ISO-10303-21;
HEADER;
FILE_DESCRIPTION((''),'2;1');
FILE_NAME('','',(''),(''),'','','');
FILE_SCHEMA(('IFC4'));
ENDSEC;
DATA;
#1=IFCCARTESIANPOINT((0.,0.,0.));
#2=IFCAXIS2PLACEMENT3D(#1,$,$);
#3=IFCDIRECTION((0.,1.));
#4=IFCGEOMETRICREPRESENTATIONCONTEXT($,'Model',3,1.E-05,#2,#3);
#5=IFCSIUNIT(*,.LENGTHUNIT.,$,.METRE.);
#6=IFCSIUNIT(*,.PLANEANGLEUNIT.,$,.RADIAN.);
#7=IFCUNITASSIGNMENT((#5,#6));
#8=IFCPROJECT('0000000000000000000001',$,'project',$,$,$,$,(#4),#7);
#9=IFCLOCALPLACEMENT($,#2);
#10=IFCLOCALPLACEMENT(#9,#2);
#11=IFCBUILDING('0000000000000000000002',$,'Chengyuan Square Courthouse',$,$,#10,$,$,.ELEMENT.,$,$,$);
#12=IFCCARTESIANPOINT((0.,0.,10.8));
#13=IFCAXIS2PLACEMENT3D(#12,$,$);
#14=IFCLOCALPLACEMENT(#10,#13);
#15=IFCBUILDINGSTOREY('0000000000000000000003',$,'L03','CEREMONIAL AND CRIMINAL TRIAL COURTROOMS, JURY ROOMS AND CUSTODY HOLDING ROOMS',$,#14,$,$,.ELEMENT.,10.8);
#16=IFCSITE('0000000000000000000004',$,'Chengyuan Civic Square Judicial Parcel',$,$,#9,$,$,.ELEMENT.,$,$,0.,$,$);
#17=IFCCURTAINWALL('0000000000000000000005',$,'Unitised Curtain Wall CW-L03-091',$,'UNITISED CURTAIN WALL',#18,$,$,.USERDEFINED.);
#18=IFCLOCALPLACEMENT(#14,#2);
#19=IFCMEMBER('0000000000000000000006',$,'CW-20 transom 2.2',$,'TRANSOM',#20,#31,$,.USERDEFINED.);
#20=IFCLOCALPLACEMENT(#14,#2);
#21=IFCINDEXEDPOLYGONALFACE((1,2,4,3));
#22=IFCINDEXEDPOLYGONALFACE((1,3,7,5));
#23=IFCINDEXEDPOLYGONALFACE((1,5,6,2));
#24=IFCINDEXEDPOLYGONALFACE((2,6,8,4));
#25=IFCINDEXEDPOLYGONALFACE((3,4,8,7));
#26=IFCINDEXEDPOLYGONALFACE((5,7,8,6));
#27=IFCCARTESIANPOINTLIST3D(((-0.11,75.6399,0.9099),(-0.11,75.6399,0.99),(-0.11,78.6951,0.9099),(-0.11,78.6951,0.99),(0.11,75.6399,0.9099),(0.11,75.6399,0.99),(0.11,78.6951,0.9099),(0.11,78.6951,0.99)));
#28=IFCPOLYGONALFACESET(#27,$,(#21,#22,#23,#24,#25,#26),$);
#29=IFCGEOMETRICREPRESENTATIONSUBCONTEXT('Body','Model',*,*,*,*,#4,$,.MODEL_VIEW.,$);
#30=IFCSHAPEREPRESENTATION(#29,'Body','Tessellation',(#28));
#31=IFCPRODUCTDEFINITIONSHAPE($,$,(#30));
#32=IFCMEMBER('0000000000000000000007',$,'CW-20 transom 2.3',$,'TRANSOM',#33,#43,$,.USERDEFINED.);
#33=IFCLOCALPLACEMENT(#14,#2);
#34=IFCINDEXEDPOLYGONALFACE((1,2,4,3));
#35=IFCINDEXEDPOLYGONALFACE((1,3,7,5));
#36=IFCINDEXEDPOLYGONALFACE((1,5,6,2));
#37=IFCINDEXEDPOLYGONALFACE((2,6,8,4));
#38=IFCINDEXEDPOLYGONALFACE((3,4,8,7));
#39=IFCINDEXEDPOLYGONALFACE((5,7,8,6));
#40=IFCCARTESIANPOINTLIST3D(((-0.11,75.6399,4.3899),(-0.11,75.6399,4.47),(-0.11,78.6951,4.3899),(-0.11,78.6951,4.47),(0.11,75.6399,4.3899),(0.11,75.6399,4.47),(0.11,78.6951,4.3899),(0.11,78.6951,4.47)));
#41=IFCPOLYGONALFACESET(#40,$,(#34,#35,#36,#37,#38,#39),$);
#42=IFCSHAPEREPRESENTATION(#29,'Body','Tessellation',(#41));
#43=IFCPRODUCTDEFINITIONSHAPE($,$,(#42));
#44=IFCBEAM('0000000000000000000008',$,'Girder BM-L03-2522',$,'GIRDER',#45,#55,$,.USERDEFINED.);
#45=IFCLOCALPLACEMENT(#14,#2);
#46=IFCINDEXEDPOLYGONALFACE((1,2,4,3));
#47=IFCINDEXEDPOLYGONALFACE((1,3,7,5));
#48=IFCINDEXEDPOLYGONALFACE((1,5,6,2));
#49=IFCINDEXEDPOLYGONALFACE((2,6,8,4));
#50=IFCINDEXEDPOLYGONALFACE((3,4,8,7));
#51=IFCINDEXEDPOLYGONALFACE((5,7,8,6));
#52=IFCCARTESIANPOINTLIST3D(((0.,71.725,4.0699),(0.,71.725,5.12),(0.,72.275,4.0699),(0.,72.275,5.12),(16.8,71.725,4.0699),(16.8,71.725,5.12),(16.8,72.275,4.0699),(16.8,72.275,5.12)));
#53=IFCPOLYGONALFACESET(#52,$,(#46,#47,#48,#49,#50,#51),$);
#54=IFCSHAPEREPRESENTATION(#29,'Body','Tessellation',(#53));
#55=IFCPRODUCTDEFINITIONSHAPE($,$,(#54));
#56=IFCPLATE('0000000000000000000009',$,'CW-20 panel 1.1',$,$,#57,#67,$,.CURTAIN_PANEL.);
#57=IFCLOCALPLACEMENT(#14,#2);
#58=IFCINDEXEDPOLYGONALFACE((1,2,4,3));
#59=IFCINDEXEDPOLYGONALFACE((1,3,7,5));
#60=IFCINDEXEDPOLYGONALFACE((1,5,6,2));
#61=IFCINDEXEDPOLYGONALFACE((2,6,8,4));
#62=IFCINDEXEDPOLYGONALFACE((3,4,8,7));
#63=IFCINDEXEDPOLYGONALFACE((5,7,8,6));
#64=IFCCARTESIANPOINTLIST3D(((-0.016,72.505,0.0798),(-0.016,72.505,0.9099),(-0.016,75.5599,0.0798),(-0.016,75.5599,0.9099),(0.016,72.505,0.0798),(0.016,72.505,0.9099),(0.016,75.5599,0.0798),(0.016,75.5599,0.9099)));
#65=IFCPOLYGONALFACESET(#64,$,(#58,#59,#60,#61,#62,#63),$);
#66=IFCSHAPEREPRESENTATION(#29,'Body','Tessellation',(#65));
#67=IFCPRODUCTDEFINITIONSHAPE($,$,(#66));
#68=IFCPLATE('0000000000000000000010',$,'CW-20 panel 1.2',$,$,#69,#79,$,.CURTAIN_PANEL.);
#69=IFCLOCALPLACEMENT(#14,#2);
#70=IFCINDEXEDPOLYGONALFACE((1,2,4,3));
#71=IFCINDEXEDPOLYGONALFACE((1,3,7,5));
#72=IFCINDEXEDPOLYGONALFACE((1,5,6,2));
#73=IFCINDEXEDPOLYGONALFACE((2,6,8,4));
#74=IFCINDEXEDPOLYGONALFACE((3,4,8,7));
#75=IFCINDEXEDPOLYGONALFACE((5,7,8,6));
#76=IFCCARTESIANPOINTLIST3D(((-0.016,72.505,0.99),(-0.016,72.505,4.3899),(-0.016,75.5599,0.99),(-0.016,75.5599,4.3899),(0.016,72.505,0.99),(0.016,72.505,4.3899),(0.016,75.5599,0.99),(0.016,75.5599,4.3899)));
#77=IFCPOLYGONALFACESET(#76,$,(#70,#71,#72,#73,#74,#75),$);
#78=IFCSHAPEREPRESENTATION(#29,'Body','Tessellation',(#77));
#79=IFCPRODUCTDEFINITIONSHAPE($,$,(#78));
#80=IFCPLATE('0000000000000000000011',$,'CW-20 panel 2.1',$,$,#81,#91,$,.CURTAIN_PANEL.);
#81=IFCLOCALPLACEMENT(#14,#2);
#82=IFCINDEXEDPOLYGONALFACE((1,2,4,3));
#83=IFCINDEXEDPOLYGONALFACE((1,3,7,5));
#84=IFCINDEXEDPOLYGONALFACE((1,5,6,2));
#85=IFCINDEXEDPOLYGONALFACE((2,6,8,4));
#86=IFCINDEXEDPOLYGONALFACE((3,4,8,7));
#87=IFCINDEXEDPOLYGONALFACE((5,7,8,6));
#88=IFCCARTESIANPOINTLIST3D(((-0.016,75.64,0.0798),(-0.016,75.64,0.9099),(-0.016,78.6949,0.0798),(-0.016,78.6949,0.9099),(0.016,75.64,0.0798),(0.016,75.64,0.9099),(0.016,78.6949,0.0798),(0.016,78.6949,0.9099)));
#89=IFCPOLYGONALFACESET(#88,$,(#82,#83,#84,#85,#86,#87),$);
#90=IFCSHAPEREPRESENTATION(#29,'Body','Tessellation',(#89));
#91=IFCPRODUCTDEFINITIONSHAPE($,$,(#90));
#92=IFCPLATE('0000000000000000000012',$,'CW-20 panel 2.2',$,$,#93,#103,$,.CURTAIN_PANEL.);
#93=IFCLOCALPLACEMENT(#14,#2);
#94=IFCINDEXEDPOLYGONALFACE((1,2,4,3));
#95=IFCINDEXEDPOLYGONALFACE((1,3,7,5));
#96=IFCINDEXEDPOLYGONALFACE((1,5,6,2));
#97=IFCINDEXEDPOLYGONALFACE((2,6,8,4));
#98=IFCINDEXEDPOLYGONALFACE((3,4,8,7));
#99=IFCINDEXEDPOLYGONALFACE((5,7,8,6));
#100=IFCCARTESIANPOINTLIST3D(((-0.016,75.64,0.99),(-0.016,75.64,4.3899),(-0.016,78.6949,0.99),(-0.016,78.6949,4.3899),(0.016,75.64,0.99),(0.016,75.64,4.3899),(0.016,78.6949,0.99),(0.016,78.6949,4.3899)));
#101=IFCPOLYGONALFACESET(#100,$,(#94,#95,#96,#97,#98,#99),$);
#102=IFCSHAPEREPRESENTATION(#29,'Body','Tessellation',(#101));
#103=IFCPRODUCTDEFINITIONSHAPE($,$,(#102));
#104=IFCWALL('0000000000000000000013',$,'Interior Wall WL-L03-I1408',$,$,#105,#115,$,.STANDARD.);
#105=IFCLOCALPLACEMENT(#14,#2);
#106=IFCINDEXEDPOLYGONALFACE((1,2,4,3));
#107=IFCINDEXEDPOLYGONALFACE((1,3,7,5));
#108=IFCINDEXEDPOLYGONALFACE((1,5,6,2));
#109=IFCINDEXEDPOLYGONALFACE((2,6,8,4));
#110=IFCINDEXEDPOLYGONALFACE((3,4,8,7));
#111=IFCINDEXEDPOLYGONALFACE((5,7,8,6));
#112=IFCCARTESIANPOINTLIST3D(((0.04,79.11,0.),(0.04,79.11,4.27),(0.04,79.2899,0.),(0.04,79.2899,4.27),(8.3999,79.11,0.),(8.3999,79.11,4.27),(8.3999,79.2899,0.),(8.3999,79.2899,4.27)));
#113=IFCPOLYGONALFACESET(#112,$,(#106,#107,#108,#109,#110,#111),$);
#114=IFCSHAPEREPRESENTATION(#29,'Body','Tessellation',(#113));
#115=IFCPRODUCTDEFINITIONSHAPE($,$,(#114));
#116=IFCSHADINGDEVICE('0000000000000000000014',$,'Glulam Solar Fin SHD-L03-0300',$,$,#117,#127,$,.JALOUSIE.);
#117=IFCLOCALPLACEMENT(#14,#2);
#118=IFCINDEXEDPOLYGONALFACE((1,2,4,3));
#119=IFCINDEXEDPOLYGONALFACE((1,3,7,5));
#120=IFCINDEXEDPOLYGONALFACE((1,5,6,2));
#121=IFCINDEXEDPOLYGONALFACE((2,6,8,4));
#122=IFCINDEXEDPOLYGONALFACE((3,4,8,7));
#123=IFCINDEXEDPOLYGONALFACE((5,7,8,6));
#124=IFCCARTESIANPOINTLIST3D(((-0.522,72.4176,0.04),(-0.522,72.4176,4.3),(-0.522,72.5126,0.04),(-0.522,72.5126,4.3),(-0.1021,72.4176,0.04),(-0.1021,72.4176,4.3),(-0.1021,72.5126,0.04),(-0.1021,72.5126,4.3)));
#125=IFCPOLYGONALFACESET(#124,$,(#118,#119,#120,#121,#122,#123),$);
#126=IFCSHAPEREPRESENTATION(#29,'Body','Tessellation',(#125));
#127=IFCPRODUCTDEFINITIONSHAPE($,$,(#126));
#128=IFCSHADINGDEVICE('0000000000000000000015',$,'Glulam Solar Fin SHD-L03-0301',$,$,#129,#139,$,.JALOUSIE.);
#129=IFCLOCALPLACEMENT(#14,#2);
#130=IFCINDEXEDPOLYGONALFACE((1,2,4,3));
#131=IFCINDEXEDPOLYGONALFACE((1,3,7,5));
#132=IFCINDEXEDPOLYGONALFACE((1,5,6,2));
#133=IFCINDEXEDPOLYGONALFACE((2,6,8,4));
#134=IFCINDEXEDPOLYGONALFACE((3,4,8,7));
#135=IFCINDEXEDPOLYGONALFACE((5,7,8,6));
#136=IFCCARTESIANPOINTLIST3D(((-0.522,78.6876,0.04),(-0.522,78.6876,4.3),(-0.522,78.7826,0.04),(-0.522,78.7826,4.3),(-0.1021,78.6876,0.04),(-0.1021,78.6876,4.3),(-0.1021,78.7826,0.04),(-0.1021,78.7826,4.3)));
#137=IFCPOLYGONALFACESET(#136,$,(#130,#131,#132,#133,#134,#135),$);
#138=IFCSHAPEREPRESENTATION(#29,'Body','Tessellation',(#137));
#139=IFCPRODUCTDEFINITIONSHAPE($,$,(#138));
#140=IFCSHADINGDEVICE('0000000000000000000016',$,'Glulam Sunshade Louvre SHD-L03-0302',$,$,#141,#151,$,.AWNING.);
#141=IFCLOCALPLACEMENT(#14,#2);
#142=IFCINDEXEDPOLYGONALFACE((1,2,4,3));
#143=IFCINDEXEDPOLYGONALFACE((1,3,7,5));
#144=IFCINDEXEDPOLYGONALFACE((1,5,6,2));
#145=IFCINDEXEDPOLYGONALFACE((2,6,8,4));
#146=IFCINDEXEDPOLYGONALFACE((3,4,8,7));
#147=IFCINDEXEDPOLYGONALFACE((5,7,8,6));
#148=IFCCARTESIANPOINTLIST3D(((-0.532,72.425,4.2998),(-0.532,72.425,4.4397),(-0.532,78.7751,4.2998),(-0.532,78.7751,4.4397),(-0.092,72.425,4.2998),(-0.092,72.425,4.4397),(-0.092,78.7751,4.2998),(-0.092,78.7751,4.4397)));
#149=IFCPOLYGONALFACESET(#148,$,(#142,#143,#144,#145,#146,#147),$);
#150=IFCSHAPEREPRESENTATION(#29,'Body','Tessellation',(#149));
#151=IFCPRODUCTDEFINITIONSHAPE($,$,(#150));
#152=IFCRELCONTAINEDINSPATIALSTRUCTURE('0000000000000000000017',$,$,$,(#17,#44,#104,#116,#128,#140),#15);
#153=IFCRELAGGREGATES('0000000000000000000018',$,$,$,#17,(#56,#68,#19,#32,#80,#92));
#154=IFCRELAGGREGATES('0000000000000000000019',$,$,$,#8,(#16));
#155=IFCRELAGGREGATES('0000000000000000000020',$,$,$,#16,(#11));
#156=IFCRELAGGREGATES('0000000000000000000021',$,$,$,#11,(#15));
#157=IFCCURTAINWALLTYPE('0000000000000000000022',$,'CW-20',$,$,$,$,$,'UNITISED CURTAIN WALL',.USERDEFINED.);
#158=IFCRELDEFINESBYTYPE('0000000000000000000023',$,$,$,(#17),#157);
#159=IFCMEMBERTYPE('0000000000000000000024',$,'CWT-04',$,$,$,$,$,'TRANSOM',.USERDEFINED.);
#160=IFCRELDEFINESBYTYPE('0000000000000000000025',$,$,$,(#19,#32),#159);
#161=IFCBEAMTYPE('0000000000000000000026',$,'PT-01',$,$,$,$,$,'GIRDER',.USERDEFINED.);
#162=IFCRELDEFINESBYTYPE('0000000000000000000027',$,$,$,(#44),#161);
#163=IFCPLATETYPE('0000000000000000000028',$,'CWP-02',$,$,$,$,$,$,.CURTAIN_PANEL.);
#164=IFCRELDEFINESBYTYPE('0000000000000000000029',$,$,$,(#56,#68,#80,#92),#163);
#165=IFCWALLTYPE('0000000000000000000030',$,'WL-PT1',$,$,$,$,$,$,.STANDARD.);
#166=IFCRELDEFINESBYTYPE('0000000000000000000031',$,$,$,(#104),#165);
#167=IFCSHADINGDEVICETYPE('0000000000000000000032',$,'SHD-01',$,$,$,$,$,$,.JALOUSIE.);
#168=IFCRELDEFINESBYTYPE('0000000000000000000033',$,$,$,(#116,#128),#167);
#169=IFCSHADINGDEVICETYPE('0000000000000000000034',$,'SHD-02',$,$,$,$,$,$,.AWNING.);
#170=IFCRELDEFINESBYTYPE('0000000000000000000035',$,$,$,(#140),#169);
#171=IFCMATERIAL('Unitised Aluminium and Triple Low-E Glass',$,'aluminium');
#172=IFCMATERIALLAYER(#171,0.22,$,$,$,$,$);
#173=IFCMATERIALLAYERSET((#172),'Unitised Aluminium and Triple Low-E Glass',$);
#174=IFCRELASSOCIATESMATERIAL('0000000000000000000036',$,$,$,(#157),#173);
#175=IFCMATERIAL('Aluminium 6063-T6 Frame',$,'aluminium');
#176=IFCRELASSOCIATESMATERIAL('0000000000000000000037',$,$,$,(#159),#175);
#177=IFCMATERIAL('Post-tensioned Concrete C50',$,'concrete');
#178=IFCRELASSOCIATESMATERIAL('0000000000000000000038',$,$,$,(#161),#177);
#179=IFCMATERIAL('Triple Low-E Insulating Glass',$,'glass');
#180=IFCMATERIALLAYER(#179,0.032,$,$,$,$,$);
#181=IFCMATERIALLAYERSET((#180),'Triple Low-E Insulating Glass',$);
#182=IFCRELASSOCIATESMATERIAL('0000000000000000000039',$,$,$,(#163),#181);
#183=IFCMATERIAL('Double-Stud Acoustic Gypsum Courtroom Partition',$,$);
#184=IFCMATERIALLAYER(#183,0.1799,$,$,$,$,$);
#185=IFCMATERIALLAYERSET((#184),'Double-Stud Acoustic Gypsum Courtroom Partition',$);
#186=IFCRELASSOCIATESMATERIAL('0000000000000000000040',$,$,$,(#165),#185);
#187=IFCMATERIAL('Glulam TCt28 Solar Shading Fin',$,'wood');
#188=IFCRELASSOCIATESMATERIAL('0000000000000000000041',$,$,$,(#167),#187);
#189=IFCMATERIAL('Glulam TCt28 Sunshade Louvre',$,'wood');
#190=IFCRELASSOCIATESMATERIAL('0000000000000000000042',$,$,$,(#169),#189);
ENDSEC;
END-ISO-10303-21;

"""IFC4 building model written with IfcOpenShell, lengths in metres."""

from ifc_helpers import new_model, si_unit, direction, frame, frame_2d, origin, origin_2d, place, context, subcontext, project, spatial, rectangle, extrude, material, layer, layer_set, material_profile, profile_set, type_object, element, aggregate, save


model = new_model("IFC4")

# Units and contexts
model_context = context("Model", 3, precision=1e-05, world=origin(), true_north=direction((0.0, 1.0)))
body_context = subcontext(model_context, "Body", "Model", "MODEL_VIEW")
ifc_project = project(units=[si_unit("LENGTHUNIT", "METRE"), si_unit("PLANEANGLEUNIT", "RADIAN")], contexts=[model_context])

# Site, building, storey
site_placement = place(None, origin())
site = spatial("IfcSite", under=ifc_project, at=site_placement, Name="Chengyuan Civic Square Judicial Parcel", CompositionType="ELEMENT", RefElevation=0.0)
building_placement = place(site_placement, origin())
building = spatial("IfcBuilding", under=site, at=building_placement, Name="Chengyuan Square Courthouse", CompositionType="ELEMENT")
storey_placement = place(building_placement, frame((0.0, 0.0, 10.8)))
storey = spatial("IfcBuildingStorey", under=building, at=storey_placement, Name="L03", Description="CEREMONIAL AND CRIMINAL TRIAL COURTROOMS, JURY ROOMS AND CUSTODY HOLDING ROOMS", CompositionType="ELEMENT", Elevation=10.8)

# Curtain wall, members
ifc_material_1 = material(Name="Unitised Aluminium and Triple Low-E Glass", Category="aluminium")
ifc_layer_1 = layer(ifc_material_1, 0.22)
ifc_layer_set_1 = layer_set([ifc_layer_1], Name="Unitised Aluminium and Triple Low-E Glass")
curtain_wall_type = type_object("IfcCurtainWallType", Name="CW-20", ElementType="UNITISED CURTAIN WALL", PredefinedType="USERDEFINED", material=ifc_layer_set_1)
curtain_wall_placement = place(storey_placement, origin())
curtain_wall = element("IfcCurtainWall", 1, at=curtain_wall_placement, inside=storey, type_object=curtain_wall_type, Name="Unitised Curtain Wall CW-L03-091", ObjectType="UNITISED CURTAIN WALL", PredefinedType="USERDEFINED")
ifc_material_2 = material(Name="Aluminium 6063-T6 Frame", Category="aluminium")
ifc_material_profile_1 = material_profile(ifc_material_2, rectangle(XDim=0.22, YDim=0.0801, at=origin_2d()), Name="CW-TRN-80x180")
ifc_profile_set_1 = profile_set([ifc_material_profile_1], Name="Aluminium 6063-T6 Frame")
member_type_1 = type_object("IfcMemberType", Name="CWT-04", ElementType="TRANSOM", PredefinedType="USERDEFINED", material=ifc_profile_set_1)
member_1_placement = place(storey_placement, frame((0.0, 75.6399, 0.95), z_axis=(0.0, 1.0, 0.0), x_axis=(-1.0, 0.0, 0.0)))
member_1 = element("IfcMember", 2, at=member_1_placement, type_object=member_type_1, Name="CW-20 transom 2.2", ObjectType="TRANSOM", PredefinedType="USERDEFINED", context=body_context, shape_type="SweptSolid", body=[
    extrude(rectangle(XDim=0.22, YDim=0.0801, at=origin_2d()), origin(), (0.0, 0.0, 1.0), 3.0552),
])
member_2_placement = place(storey_placement, frame((0.0, 75.6399, 4.4299), z_axis=(0.0, 1.0, 0.0), x_axis=(-1.0, 0.0, 0.0)))
member_2 = element("IfcMember", 3, at=member_2_placement, type_object=member_type_1, Name="CW-20 transom 2.3", ObjectType="TRANSOM", PredefinedType="USERDEFINED", context=body_context, shape_type="SweptSolid", body=[
    extrude(rectangle(XDim=0.22, YDim=0.0801, at=origin_2d()), origin(), (0.0, 0.0, 1.0), 3.0552),
])

# Beam
ifc_material_3 = material(Name="Post-tensioned Concrete C50", Category="concrete")
ifc_material_profile_2 = material_profile(ifc_material_3, rectangle(XDim=0.55, YDim=1.05, at=origin_2d()), Name="PT-BM-550x1050")
ifc_profile_set_2 = profile_set([ifc_material_profile_2], Name="Post-tensioned Concrete C50")
beam_type_1 = type_object("IfcBeamType", Name="PT-01", ElementType="GIRDER", PredefinedType="USERDEFINED", material=ifc_profile_set_2)
beam_1_placement = place(storey_placement, frame((0.0, 72.0, 4.595), z_axis=(1.0, 0.0, 0.0), x_axis=(0.0, 1.0, 0.0)))
element("IfcBeam", 4, at=beam_1_placement, inside=storey, type_object=beam_type_1, Name="Girder BM-L03-2522", ObjectType="GIRDER", PredefinedType="USERDEFINED", context=body_context, shape_type="SweptSolid", body=[
    extrude(rectangle(XDim=0.55, YDim=1.05, at=origin_2d()), origin(), (0.0, 0.0, 1.0), 16.8),
])

# Plates
ifc_material_4 = material(Name="Triple Low-E Insulating Glass", Category="glass")
ifc_layer_2 = layer(ifc_material_4, 0.032)
ifc_layer_set_2 = layer_set([ifc_layer_2], Name="Triple Low-E Insulating Glass")
plate_type = type_object("IfcPlateType", Name="CWP-02", PredefinedType="CURTAIN_PANEL", material=ifc_layer_set_2)
plate_1_placement = place(storey_placement, frame((0.0, 74.0325, 0.0798), z_axis=(0.0, 0.0, 1.0), x_axis=(0.0, 1.0, 0.0)))
plate_1 = element("IfcPlate", 5, at=plate_1_placement, type_object=plate_type, Name="CW-20 panel 1.1", PredefinedType="CURTAIN_PANEL", context=body_context, shape_type="SweptSolid", body=[
    extrude(rectangle(XDim=3.0549, YDim=0.032, at=origin_2d()), origin(), (0.0, 0.0, 1.0), 0.8301),
])
plate_2_placement = place(storey_placement, frame((0.0, 74.0325, 0.99), z_axis=(0.0, 0.0, 1.0), x_axis=(0.0, 1.0, 0.0)))
plate_2 = element("IfcPlate", 6, at=plate_2_placement, type_object=plate_type, Name="CW-20 panel 1.2", PredefinedType="CURTAIN_PANEL", context=body_context, shape_type="SweptSolid", body=[
    extrude(rectangle(XDim=3.0549, YDim=0.032, at=origin_2d()), origin(), (0.0, 0.0, 1.0), 3.3999),
])
plate_3_placement = place(storey_placement, frame((0.0, 77.1675, 0.0798), z_axis=(0.0, 0.0, 1.0), x_axis=(0.0, 1.0, 0.0)))
plate_3 = element("IfcPlate", 7, at=plate_3_placement, type_object=plate_type, Name="CW-20 panel 2.1", PredefinedType="CURTAIN_PANEL", context=body_context, shape_type="SweptSolid", body=[
    extrude(rectangle(XDim=3.0549, YDim=0.032, at=origin_2d()), origin(), (0.0, 0.0, 1.0), 0.8301),
])
plate_4_placement = place(storey_placement, frame((0.0, 77.1675, 0.99), z_axis=(0.0, 0.0, 1.0), x_axis=(0.0, 1.0, 0.0)))
plate_4 = element("IfcPlate", 8, at=plate_4_placement, type_object=plate_type, Name="CW-20 panel 2.2", PredefinedType="CURTAIN_PANEL", context=body_context, shape_type="SweptSolid", body=[
    extrude(rectangle(XDim=3.0549, YDim=0.032, at=origin_2d()), origin(), (0.0, 0.0, 1.0), 3.3999),
])
aggregate(curtain_wall, [plate_1, plate_2, member_1, member_2, plate_3, plate_4])

# Wall
ifc_material_5 = material(Name="Double-Stud Acoustic Gypsum Courtroom Partition")
ifc_layer_3 = layer(ifc_material_5, 0.1799)
ifc_layer_set_3 = layer_set([ifc_layer_3], Name="Double-Stud Acoustic Gypsum Courtroom Partition")
wall_type = type_object("IfcWallType", Name="WL-PT1", PredefinedType="STANDARD", material=ifc_layer_set_3)
wall_placement = place(storey_placement, frame((0.04, 79.2, 0.0), z_axis=(0.0, 0.0, 1.0), x_axis=(1.0, 0.0, 0.0)))
element("IfcWall", 9, at=wall_placement, inside=storey, type_object=wall_type, Name="Interior Wall WL-L03-I1408", PredefinedType="STANDARD", context=body_context, shape_type="SweptSolid", body=[
    extrude(rectangle(XDim=8.3599, YDim=0.1799, at=frame_2d((4.1799, 0.0))), origin(), (0.0, 0.0, 1.0), 4.27),
])

# Shading devices
ifc_material_6 = material(Name="Glulam TCt28 Solar Shading Fin", Category="wood")
shading_device_type_1 = type_object("IfcShadingDeviceType", Name="SHD-01", PredefinedType="JALOUSIE", material=ifc_material_6)
for number, where, z_axis, x_axis, name in (
    (10, (-0.312, 72.4651, 0.04), (0.0, 0.0, 1.0), (1.0, 0.0, 0.0), "Glulam Solar Fin SHD-L03-0300"),
    (11, (-0.312, 78.7351, 0.04), (0.0, 0.0, 1.0), (1.0, 0.0, 0.0), "Glulam Solar Fin SHD-L03-0301"),
):
    element("IfcShadingDevice", number, at=place(storey_placement, frame(where, z_axis=z_axis, x_axis=x_axis)), inside=storey, type_object=shading_device_type_1, Name=name, PredefinedType="JALOUSIE", context=body_context, shape_type="SweptSolid", body=[
        extrude(rectangle(XDim=0.4199, YDim=0.095, at=origin_2d()), origin(), (0.0, 0.0, 1.0), 4.26),
    ])
ifc_material_7 = material(Name="Glulam TCt28 Sunshade Louvre", Category="wood")
shading_device_type_2 = type_object("IfcShadingDeviceType", Name="SHD-02", PredefinedType="AWNING", material=ifc_material_7)
shading_device_placement = place(storey_placement, frame((-0.312, 75.6001, 4.2998), z_axis=(0.0, 0.0, 1.0), x_axis=(0.0, 1.0, 0.0)))
element("IfcShadingDevice", 12, at=shading_device_placement, inside=storey, type_object=shading_device_type_2, Name="Glulam Sunshade Louvre SHD-L03-0302", PredefinedType="AWNING", context=body_context, shape_type="SweptSolid", body=[
    extrude(rectangle(XDim=6.3501, YDim=0.4399, at=origin_2d()), origin(), (0.0, 0.0, 1.0), 0.1399),
])

save(model, "model.ifc")
